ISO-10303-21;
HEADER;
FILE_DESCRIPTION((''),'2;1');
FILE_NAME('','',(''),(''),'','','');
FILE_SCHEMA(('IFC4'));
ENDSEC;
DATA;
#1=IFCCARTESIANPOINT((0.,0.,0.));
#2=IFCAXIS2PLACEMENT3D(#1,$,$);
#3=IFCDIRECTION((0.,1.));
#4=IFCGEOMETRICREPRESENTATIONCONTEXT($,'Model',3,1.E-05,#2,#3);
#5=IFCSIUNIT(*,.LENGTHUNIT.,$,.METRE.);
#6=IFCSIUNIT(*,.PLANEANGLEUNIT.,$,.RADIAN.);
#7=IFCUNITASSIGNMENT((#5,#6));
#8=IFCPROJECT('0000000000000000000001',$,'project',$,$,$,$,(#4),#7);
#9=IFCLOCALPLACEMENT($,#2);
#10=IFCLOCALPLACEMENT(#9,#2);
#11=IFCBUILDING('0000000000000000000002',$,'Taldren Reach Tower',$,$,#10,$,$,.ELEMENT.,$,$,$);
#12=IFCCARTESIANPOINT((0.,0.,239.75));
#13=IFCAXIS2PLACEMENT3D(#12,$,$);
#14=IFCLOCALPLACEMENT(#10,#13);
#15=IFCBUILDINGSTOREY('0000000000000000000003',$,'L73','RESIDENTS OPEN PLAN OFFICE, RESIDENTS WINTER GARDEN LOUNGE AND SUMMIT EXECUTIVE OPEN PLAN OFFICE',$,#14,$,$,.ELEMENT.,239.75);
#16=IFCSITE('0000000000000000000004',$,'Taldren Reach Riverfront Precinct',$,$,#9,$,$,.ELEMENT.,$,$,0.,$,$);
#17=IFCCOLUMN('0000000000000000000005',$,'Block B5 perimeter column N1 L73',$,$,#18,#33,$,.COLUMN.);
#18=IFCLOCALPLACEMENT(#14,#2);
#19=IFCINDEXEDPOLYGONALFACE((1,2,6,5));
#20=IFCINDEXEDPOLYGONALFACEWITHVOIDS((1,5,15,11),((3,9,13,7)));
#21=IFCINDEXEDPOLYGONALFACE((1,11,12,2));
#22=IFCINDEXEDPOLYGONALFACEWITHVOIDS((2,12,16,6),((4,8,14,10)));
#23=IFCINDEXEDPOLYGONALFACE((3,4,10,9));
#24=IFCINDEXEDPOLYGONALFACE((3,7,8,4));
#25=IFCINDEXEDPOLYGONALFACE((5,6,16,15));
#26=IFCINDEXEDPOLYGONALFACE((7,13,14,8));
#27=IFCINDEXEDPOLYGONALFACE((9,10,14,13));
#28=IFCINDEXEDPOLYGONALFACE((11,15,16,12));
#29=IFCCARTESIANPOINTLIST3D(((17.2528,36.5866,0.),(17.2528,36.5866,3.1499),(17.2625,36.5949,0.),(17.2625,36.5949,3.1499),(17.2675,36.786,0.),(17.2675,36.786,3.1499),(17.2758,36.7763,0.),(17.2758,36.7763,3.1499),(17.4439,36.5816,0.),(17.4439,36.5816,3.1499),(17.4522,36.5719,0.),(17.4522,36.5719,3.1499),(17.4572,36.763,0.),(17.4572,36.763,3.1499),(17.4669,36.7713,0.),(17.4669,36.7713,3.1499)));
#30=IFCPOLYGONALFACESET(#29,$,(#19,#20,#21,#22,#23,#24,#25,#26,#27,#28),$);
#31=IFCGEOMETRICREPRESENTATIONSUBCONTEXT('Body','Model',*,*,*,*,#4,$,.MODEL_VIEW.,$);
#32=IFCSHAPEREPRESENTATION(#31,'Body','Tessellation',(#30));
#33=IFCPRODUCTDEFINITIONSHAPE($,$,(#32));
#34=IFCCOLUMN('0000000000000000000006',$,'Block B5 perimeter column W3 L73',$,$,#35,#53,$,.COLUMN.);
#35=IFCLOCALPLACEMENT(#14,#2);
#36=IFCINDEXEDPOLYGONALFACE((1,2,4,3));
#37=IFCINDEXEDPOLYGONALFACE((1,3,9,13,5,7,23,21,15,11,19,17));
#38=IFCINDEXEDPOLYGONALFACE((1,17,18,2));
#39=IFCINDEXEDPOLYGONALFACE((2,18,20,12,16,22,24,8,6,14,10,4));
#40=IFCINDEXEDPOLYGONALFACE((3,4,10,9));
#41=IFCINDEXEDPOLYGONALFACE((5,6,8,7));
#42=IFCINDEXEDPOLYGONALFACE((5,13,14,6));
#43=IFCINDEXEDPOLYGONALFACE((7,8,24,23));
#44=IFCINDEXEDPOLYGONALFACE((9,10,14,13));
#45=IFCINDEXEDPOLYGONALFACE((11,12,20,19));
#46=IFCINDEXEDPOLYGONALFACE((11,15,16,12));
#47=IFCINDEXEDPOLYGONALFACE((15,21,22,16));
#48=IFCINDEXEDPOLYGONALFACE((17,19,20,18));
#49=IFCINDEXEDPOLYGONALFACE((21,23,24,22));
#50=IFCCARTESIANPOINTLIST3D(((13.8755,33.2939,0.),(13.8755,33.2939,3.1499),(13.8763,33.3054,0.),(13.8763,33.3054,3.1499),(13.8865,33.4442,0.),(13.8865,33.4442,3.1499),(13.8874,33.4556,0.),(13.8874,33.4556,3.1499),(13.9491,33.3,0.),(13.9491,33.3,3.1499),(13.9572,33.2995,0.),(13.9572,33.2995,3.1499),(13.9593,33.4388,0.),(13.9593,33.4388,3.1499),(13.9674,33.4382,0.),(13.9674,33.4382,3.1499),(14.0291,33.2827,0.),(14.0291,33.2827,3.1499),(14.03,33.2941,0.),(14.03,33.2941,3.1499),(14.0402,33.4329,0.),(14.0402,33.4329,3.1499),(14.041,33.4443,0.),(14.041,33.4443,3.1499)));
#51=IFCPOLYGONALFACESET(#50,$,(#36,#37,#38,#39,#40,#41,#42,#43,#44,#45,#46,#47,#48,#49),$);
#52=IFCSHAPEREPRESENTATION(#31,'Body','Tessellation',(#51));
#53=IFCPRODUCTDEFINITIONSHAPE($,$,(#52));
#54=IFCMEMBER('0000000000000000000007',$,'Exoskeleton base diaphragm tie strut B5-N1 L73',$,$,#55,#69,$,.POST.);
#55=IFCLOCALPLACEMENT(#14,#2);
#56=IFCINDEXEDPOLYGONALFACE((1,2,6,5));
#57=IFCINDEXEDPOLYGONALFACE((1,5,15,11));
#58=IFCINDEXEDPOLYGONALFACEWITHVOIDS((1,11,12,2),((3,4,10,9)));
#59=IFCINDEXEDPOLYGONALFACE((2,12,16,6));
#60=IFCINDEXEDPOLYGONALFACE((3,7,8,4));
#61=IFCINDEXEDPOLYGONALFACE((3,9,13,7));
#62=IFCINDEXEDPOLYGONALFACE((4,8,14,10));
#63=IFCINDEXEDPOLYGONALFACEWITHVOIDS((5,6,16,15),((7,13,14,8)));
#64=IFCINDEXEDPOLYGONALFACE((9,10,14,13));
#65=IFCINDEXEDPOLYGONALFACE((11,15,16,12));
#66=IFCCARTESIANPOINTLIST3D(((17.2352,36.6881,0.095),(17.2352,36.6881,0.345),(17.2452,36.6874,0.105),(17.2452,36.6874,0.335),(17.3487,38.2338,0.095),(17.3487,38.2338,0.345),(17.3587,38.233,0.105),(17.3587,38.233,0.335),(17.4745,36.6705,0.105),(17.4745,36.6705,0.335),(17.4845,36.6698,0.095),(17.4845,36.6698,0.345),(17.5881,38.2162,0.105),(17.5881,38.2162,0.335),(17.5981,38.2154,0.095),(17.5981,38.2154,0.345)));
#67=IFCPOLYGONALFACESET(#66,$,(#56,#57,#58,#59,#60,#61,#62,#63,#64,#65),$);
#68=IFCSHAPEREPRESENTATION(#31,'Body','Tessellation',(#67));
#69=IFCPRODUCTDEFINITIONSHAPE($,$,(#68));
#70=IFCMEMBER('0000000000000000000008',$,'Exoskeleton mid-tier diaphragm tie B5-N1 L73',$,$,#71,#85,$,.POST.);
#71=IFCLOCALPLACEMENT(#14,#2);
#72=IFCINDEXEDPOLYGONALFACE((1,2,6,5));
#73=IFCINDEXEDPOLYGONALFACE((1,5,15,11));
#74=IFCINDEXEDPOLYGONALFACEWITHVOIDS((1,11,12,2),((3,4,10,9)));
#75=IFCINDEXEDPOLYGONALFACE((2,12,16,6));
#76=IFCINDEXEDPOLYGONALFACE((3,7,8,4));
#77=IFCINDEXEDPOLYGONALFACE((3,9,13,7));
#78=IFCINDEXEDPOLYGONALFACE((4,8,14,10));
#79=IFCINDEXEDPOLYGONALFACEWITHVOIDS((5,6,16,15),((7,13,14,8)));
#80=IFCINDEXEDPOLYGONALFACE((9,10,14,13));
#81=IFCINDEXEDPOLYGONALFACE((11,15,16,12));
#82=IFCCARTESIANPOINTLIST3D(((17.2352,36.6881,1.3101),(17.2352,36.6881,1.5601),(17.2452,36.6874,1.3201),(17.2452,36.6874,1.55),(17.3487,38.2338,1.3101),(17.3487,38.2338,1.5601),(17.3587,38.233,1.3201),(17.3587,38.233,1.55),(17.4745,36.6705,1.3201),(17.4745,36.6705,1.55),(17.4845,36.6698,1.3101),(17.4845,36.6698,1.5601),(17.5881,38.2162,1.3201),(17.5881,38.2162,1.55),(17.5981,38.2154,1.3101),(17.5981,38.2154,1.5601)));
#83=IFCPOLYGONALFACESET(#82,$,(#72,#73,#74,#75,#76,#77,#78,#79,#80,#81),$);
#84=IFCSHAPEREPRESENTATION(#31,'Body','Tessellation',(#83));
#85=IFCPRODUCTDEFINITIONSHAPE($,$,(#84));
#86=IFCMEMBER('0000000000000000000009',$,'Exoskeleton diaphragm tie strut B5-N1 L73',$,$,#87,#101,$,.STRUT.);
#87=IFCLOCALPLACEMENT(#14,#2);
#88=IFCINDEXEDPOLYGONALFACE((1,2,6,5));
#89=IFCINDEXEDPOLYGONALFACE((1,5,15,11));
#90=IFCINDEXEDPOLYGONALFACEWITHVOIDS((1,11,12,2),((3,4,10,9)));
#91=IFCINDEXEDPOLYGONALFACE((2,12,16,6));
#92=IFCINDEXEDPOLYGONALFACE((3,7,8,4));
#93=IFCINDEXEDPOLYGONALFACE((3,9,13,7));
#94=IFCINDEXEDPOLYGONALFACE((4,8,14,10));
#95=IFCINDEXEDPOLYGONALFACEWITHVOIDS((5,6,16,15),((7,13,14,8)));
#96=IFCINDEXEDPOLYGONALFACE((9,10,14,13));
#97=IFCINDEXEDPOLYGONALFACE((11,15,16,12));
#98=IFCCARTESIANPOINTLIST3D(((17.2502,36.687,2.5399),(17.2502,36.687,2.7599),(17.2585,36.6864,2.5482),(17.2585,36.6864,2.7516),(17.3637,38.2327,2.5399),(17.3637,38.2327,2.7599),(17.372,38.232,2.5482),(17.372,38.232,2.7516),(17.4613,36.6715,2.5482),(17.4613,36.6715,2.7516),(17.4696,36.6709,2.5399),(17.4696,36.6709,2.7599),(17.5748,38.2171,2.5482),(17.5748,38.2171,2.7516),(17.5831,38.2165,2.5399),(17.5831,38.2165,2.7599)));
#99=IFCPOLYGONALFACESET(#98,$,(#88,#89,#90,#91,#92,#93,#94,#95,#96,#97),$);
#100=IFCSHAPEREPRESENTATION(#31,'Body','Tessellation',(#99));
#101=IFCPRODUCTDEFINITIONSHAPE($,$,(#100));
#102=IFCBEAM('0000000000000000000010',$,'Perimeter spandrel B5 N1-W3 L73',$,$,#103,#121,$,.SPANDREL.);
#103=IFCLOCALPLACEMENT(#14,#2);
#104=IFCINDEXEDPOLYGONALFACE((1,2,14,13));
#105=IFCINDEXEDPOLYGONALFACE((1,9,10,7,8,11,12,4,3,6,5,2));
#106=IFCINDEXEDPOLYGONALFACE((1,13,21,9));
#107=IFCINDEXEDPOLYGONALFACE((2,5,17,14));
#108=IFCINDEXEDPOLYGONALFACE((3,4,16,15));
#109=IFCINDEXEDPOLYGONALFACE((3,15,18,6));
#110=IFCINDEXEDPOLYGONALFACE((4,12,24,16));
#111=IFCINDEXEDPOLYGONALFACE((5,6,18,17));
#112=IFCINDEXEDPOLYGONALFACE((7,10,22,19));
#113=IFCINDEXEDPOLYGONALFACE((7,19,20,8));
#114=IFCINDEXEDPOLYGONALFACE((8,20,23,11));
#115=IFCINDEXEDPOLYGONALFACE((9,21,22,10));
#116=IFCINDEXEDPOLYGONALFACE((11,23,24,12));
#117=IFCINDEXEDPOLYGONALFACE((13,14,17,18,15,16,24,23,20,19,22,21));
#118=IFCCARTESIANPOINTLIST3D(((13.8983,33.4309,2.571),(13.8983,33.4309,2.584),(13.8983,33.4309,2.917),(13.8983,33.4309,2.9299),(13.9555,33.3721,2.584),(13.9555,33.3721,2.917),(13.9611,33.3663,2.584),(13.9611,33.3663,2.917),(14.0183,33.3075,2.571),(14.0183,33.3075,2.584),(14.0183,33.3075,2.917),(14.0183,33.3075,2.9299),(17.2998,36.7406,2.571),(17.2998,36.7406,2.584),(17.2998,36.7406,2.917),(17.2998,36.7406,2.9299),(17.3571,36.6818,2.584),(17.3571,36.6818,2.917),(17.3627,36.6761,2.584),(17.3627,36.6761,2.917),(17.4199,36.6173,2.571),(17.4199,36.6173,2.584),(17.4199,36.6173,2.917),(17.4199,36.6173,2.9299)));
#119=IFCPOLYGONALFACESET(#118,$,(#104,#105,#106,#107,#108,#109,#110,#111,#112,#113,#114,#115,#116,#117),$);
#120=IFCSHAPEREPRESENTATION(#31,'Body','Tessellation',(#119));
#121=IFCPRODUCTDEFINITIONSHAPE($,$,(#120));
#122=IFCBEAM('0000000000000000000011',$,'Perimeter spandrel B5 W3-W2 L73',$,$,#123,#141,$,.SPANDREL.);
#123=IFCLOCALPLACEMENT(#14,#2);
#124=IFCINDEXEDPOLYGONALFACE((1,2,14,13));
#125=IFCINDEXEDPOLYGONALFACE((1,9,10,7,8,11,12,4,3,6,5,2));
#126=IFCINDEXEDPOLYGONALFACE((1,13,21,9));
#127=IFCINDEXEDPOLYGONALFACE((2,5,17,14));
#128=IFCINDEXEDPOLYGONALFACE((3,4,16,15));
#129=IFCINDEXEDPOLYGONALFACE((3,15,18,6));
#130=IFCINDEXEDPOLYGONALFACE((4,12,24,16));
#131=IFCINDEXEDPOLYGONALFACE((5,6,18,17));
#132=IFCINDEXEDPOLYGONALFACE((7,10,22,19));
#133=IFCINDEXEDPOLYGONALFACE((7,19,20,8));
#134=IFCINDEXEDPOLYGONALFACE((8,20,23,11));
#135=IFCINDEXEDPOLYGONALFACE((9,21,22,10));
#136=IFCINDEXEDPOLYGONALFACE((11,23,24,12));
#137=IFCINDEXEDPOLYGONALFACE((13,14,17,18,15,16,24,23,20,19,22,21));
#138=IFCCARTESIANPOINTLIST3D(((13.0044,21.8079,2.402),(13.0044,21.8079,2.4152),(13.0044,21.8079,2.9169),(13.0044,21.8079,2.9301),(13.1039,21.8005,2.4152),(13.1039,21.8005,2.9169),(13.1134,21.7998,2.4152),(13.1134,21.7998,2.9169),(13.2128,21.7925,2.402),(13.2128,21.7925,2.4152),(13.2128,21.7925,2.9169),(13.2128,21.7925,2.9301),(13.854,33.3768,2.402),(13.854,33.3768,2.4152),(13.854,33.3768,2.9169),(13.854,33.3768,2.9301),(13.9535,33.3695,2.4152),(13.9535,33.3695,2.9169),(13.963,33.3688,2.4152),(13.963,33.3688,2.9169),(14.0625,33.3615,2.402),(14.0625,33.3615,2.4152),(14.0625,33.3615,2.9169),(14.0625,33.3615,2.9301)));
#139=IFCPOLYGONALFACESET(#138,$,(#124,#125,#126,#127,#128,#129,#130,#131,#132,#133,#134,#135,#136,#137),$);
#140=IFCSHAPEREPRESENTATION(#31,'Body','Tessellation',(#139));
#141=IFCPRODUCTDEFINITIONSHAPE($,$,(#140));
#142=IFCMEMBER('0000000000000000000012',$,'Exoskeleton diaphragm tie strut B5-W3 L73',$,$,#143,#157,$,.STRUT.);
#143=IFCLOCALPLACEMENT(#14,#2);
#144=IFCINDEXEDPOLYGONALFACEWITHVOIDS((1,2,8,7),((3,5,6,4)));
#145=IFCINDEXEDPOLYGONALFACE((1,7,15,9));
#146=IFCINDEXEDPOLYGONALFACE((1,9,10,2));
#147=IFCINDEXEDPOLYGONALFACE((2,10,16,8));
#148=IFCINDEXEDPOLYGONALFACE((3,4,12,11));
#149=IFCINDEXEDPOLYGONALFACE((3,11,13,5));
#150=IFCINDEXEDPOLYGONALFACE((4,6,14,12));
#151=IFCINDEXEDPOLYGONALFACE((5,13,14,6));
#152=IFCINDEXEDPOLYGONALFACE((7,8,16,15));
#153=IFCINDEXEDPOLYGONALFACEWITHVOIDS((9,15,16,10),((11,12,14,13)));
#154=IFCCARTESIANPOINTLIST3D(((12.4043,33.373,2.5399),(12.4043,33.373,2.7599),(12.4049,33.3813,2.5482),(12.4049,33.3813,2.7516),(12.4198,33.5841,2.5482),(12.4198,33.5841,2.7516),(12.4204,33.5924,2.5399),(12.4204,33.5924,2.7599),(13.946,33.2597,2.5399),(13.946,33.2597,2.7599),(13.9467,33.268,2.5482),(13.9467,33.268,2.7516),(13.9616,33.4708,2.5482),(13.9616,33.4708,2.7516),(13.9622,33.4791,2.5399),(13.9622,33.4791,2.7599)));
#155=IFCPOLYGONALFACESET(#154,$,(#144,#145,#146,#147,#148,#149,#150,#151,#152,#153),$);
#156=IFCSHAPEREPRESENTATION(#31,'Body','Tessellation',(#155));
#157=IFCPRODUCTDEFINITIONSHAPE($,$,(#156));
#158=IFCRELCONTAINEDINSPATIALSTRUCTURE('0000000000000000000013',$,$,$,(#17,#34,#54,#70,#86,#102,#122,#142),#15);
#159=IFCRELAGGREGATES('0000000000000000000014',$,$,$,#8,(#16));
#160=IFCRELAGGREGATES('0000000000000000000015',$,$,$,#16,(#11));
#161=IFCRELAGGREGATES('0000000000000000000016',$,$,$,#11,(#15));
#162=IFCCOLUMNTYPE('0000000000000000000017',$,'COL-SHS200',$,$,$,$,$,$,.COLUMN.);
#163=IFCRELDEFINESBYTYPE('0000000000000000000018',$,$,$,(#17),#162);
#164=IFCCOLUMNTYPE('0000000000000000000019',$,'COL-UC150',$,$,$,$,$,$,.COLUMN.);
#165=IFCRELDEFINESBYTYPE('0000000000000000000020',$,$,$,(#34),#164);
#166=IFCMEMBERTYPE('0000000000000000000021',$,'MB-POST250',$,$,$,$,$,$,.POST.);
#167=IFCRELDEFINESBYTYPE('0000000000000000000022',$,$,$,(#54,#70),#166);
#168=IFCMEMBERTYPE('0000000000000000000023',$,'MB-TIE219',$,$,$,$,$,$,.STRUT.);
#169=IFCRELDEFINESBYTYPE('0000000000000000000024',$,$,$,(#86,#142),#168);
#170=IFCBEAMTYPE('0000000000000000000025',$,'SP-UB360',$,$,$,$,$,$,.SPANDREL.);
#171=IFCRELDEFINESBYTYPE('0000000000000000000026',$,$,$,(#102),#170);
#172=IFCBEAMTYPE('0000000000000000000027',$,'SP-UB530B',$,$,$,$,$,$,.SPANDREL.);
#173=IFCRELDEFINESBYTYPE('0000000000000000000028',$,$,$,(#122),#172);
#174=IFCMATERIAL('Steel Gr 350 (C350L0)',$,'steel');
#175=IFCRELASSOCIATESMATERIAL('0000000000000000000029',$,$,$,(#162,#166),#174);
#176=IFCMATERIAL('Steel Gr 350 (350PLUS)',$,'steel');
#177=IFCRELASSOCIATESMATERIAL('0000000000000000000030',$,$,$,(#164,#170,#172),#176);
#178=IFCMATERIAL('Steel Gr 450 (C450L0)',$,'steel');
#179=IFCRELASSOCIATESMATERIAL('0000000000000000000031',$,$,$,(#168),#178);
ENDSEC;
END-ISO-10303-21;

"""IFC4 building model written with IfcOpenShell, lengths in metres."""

from ifc_helpers import new_model, si_unit, direction, frame, origin, origin_2d, place, context, subcontext, project, spatial, hollow_rectangle, i_section, extrude, source, transform, mapped, material, material_profile, profile_set, type_object, element, save


model = new_model("IFC4")

# Units and contexts
model_context = context("Model", 3, precision=1e-05, world=origin(), true_north=direction((0.0, 1.0)))
body_context = subcontext(model_context, "Body", "Model", "MODEL_VIEW")
ifc_project = project(units=[si_unit("LENGTHUNIT", "METRE"), si_unit("PLANEANGLEUNIT", "RADIAN")], contexts=[model_context])

# Site, building, storey
site_placement = place(None, origin())
site = spatial("IfcSite", under=ifc_project, at=site_placement, Name="Taldren Reach Riverfront Precinct", CompositionType="ELEMENT", RefElevation=0.0)
building_placement = place(site_placement, origin())
building = spatial("IfcBuilding", under=site, at=building_placement, Name="Taldren Reach Tower", CompositionType="ELEMENT")
storey_placement = place(building_placement, frame((0.0, 0.0, 239.75)))
storey = spatial("IfcBuildingStorey", under=building, at=storey_placement, Name="L73", Description="RESIDENTS OPEN PLAN OFFICE, RESIDENTS WINTER GARDEN LOUNGE AND SUMMIT EXECUTIVE OPEN PLAN OFFICE", CompositionType="ELEMENT", Elevation=239.75)

# Columns
ifc_material_1 = material(Name="Steel Gr 350 (C350L0)", Category="steel")
ifc_material_profile_1 = material_profile(ifc_material_1, hollow_rectangle(XDim=0.2, YDim=0.2, WallThickness=0.009, at=origin_2d()), Name="200x200x9.0SHS")
ifc_profile_set_1 = profile_set([ifc_material_profile_1], Name="Steel Gr 350 (C350L0)")
column_type_1 = type_object("IfcColumnType", Name="COL-SHS200", PredefinedType="COLUMN", material=ifc_profile_set_1)
shared_shape_1 = source(origin(), body_context, "Body", "SweptSolid", [
    extrude(hollow_rectangle(XDim=0.2, YDim=0.2, WallThickness=0.009, at=origin_2d()), origin(), (0.0, 0.0, 1.0), 3.1499),
])
column_1_placement = place(storey_placement, frame((17.3599, 36.679, 0.0), z_axis=(0.0, 0.0, 1.0), x_axis=(0.997314, -0.073238, 0.0)))
element("IfcColumn", 1, at=column_1_placement, inside=storey, type_object=column_type_1, Name="Block B5 perimeter column N1 L73", PredefinedType="COLUMN", context=body_context, shape_type="MappedRepresentation", body=[
    mapped(shared_shape_1, transform((0.0, 0.0, 0.0), scale=1.0)),
])
ifc_material_2 = material(Name="Steel Gr 350 (350PLUS)", Category="steel")
ifc_material_profile_2 = material_profile(ifc_material_2, i_section(OverallWidth=0.1541, OverallDepth=0.1621, WebThickness=0.0081, FlangeThickness=0.0115, at=origin_2d()), Name="150UC37.2")
ifc_profile_set_2 = profile_set([ifc_material_profile_2], Name="Steel Gr 350 (350PLUS)")
column_type_2 = type_object("IfcColumnType", Name="COL-UC150", PredefinedType="COLUMN", material=ifc_profile_set_2)
shared_shape_2 = source(origin(), body_context, "Body", "SweptSolid", [
    extrude(i_section(OverallWidth=0.1541, OverallDepth=0.1621, WebThickness=0.0081, FlangeThickness=0.0115, at=origin_2d()), origin(), (0.0, 0.0, 1.0), 3.1499),
])
column_2_placement = place(storey_placement, frame((13.9583, 33.3691, 0.0), z_axis=(0.0, 0.0, 1.0), x_axis=(0.997314, -0.073238, 0.0)))
element("IfcColumn", 2, at=column_2_placement, inside=storey, type_object=column_type_2, Name="Block B5 perimeter column W3 L73", PredefinedType="COLUMN", context=body_context, shape_type="MappedRepresentation", body=[
    mapped(shared_shape_2, transform((0.0, 0.0, 0.0), scale=1.0)),
])

# Members
ifc_material_profile_3 = material_profile(ifc_material_1, hollow_rectangle(XDim=0.25, YDim=0.25, WallThickness=0.01, at=origin_2d()), Name="250x250x10.0SHS")
ifc_profile_set_3 = profile_set([ifc_material_profile_3], Name="Steel Gr 350 (C350L0)")
member_type_1 = type_object("IfcMemberType", Name="MB-POST250", PredefinedType="POST", material=ifc_profile_set_3)
shared_shape_3 = source(origin(), body_context, "Body", "SweptSolid", [
    extrude(hollow_rectangle(XDim=0.25, YDim=0.25, WallThickness=0.01, at=origin_2d()), origin(), (0.0, 0.0, 1.0), 1.5498),
])
for number, where, z_axis, x_axis, name in (
    (3, (17.3599, 36.679, 0.22), (0.073251, 0.997314, 0.0), (-0.997314, 0.073251, 0.0), "Exoskeleton base diaphragm tie strut B5-N1 L73"),
    (4, (17.3599, 36.679, 1.4351), (0.073251, 0.997314, 0.0), (-0.997314, 0.073251, 0.0), "Exoskeleton mid-tier diaphragm tie B5-N1 L73"),
):
    element("IfcMember", number, at=place(storey_placement, frame(where, z_axis=z_axis, x_axis=x_axis)), inside=storey, type_object=member_type_1, Name=name, PredefinedType="POST", context=body_context, shape_type="MappedRepresentation", body=[
        mapped(shared_shape_3, transform((0.0, 0.0, 0.0), scale=1.0)),
    ])
ifc_material_3 = material(Name="Steel Gr 450 (C450L0)", Category="steel")
ifc_material_profile_4 = material_profile(ifc_material_3, hollow_rectangle(XDim=0.22, YDim=0.22, WallThickness=0.0083, at=origin_2d()), Name="220x220x8.2SHS")
ifc_profile_set_4 = profile_set([ifc_material_profile_4], Name="Steel Gr 450 (C450L0)")
member_type_2 = type_object("IfcMemberType", Name="MB-TIE219", PredefinedType="STRUT", material=ifc_profile_set_4)
shared_shape_4 = source(origin(), body_context, "Body", "SweptSolid", [
    extrude(hollow_rectangle(XDim=0.22, YDim=0.22, WallThickness=0.0083, at=origin_2d()), origin(), (0.0, 0.0, 1.0), 1.5498),
])
member_1_placement = place(storey_placement, frame((17.3599, 36.679, 2.6499), z_axis=(0.073251, 0.997314, 0.0), x_axis=(-0.997314, 0.073251, 0.0)))
element("IfcMember", 5, at=member_1_placement, inside=storey, type_object=member_type_2, Name="Exoskeleton diaphragm tie strut B5-N1 L73", PredefinedType="STRUT", context=body_context, shape_type="MappedRepresentation", body=[
    mapped(shared_shape_4, transform((0.0, 0.0, 0.0), scale=1.0)),
])

# Beams
ifc_material_profile_5 = material_profile(ifc_material_2, i_section(OverallWidth=0.1721, OverallDepth=0.3589, WebThickness=0.0081, FlangeThickness=0.0129, at=origin_2d()), Name="360UB56.7")
ifc_profile_set_5 = profile_set([ifc_material_profile_5], Name="Steel Gr 350 (350PLUS)")
beam_type_1 = type_object("IfcBeamType", Name="SP-UB360", PredefinedType="SPANDREL", material=ifc_profile_set_5)
shared_shape_5 = source(origin(), body_context, "Body", "SweptSolid", [
    extrude(i_section(OverallWidth=0.1721, OverallDepth=0.3589, WebThickness=0.0081, FlangeThickness=0.0129, at=origin_2d()), origin(), (0.0, 0.0, 1.0), 4.7461),
])
beam_1_placement = place(storey_placement, frame((17.3599, 36.679, 2.7505), z_axis=(-0.716711, -0.69737, 0.0), x_axis=(0.69737, -0.716711, 0.0)))
element("IfcBeam", 6, at=beam_1_placement, inside=storey, type_object=beam_type_1, Name="Perimeter spandrel B5 N1-W3 L73", PredefinedType="SPANDREL", context=body_context, shape_type="MappedRepresentation", body=[
    mapped(shared_shape_5, transform((0.0, 0.0, 0.0), scale=1.0)),
])
ifc_material_profile_6 = material_profile(ifc_material_2, i_section(OverallWidth=0.209, OverallDepth=0.5281, WebThickness=0.0095, FlangeThickness=0.0132, at=origin_2d()), Name="530UB82.0")
ifc_profile_set_6 = profile_set([ifc_material_profile_6], Name="Steel Gr 350 (350PLUS)")
beam_type_2 = type_object("IfcBeamType", Name="SP-UB530B", PredefinedType="SPANDREL", material=ifc_profile_set_6)
shared_shape_6 = source(origin(), body_context, "Body", "SweptSolid", [
    extrude(i_section(OverallWidth=0.209, OverallDepth=0.5281, WebThickness=0.0095, FlangeThickness=0.0132, at=origin_2d()), origin(), (0.0, 0.0, 1.0), 11.6001),
])
beam_2_placement = place(storey_placement, frame((13.9583, 33.3691, 2.666), z_axis=(-0.073242, -0.997314, 0.0), x_axis=(0.997314, -0.073242, 0.0)))
element("IfcBeam", 7, at=beam_2_placement, inside=storey, type_object=beam_type_2, Name="Perimeter spandrel B5 W3-W2 L73", PredefinedType="SPANDREL", context=body_context, shape_type="MappedRepresentation", body=[
    mapped(shared_shape_6, transform((0.0, 0.0, 0.0), scale=1.0)),
])

# Member
shared_shape_7 = source(origin(), body_context, "Body", "SweptSolid", [
    extrude(hollow_rectangle(XDim=0.22, YDim=0.22, WallThickness=0.0083, at=origin_2d()), origin(), (0.0, 0.0, 1.0), 1.5459),
])
member_2_placement = place(storey_placement, frame((13.9541, 33.3694, 2.6499), z_axis=(-0.997312, 0.073278, 0.0), x_axis=(-0.073278, -0.997312, 0.0)))
element("IfcMember", 8, at=member_2_placement, inside=storey, type_object=member_type_2, Name="Exoskeleton diaphragm tie strut B5-W3 L73", PredefinedType="STRUT", context=body_context, shape_type="MappedRepresentation", body=[
    mapped(shared_shape_7, transform((0.0, 0.0, 0.0), scale=1.0)),
])

save(model, "model.ifc")
